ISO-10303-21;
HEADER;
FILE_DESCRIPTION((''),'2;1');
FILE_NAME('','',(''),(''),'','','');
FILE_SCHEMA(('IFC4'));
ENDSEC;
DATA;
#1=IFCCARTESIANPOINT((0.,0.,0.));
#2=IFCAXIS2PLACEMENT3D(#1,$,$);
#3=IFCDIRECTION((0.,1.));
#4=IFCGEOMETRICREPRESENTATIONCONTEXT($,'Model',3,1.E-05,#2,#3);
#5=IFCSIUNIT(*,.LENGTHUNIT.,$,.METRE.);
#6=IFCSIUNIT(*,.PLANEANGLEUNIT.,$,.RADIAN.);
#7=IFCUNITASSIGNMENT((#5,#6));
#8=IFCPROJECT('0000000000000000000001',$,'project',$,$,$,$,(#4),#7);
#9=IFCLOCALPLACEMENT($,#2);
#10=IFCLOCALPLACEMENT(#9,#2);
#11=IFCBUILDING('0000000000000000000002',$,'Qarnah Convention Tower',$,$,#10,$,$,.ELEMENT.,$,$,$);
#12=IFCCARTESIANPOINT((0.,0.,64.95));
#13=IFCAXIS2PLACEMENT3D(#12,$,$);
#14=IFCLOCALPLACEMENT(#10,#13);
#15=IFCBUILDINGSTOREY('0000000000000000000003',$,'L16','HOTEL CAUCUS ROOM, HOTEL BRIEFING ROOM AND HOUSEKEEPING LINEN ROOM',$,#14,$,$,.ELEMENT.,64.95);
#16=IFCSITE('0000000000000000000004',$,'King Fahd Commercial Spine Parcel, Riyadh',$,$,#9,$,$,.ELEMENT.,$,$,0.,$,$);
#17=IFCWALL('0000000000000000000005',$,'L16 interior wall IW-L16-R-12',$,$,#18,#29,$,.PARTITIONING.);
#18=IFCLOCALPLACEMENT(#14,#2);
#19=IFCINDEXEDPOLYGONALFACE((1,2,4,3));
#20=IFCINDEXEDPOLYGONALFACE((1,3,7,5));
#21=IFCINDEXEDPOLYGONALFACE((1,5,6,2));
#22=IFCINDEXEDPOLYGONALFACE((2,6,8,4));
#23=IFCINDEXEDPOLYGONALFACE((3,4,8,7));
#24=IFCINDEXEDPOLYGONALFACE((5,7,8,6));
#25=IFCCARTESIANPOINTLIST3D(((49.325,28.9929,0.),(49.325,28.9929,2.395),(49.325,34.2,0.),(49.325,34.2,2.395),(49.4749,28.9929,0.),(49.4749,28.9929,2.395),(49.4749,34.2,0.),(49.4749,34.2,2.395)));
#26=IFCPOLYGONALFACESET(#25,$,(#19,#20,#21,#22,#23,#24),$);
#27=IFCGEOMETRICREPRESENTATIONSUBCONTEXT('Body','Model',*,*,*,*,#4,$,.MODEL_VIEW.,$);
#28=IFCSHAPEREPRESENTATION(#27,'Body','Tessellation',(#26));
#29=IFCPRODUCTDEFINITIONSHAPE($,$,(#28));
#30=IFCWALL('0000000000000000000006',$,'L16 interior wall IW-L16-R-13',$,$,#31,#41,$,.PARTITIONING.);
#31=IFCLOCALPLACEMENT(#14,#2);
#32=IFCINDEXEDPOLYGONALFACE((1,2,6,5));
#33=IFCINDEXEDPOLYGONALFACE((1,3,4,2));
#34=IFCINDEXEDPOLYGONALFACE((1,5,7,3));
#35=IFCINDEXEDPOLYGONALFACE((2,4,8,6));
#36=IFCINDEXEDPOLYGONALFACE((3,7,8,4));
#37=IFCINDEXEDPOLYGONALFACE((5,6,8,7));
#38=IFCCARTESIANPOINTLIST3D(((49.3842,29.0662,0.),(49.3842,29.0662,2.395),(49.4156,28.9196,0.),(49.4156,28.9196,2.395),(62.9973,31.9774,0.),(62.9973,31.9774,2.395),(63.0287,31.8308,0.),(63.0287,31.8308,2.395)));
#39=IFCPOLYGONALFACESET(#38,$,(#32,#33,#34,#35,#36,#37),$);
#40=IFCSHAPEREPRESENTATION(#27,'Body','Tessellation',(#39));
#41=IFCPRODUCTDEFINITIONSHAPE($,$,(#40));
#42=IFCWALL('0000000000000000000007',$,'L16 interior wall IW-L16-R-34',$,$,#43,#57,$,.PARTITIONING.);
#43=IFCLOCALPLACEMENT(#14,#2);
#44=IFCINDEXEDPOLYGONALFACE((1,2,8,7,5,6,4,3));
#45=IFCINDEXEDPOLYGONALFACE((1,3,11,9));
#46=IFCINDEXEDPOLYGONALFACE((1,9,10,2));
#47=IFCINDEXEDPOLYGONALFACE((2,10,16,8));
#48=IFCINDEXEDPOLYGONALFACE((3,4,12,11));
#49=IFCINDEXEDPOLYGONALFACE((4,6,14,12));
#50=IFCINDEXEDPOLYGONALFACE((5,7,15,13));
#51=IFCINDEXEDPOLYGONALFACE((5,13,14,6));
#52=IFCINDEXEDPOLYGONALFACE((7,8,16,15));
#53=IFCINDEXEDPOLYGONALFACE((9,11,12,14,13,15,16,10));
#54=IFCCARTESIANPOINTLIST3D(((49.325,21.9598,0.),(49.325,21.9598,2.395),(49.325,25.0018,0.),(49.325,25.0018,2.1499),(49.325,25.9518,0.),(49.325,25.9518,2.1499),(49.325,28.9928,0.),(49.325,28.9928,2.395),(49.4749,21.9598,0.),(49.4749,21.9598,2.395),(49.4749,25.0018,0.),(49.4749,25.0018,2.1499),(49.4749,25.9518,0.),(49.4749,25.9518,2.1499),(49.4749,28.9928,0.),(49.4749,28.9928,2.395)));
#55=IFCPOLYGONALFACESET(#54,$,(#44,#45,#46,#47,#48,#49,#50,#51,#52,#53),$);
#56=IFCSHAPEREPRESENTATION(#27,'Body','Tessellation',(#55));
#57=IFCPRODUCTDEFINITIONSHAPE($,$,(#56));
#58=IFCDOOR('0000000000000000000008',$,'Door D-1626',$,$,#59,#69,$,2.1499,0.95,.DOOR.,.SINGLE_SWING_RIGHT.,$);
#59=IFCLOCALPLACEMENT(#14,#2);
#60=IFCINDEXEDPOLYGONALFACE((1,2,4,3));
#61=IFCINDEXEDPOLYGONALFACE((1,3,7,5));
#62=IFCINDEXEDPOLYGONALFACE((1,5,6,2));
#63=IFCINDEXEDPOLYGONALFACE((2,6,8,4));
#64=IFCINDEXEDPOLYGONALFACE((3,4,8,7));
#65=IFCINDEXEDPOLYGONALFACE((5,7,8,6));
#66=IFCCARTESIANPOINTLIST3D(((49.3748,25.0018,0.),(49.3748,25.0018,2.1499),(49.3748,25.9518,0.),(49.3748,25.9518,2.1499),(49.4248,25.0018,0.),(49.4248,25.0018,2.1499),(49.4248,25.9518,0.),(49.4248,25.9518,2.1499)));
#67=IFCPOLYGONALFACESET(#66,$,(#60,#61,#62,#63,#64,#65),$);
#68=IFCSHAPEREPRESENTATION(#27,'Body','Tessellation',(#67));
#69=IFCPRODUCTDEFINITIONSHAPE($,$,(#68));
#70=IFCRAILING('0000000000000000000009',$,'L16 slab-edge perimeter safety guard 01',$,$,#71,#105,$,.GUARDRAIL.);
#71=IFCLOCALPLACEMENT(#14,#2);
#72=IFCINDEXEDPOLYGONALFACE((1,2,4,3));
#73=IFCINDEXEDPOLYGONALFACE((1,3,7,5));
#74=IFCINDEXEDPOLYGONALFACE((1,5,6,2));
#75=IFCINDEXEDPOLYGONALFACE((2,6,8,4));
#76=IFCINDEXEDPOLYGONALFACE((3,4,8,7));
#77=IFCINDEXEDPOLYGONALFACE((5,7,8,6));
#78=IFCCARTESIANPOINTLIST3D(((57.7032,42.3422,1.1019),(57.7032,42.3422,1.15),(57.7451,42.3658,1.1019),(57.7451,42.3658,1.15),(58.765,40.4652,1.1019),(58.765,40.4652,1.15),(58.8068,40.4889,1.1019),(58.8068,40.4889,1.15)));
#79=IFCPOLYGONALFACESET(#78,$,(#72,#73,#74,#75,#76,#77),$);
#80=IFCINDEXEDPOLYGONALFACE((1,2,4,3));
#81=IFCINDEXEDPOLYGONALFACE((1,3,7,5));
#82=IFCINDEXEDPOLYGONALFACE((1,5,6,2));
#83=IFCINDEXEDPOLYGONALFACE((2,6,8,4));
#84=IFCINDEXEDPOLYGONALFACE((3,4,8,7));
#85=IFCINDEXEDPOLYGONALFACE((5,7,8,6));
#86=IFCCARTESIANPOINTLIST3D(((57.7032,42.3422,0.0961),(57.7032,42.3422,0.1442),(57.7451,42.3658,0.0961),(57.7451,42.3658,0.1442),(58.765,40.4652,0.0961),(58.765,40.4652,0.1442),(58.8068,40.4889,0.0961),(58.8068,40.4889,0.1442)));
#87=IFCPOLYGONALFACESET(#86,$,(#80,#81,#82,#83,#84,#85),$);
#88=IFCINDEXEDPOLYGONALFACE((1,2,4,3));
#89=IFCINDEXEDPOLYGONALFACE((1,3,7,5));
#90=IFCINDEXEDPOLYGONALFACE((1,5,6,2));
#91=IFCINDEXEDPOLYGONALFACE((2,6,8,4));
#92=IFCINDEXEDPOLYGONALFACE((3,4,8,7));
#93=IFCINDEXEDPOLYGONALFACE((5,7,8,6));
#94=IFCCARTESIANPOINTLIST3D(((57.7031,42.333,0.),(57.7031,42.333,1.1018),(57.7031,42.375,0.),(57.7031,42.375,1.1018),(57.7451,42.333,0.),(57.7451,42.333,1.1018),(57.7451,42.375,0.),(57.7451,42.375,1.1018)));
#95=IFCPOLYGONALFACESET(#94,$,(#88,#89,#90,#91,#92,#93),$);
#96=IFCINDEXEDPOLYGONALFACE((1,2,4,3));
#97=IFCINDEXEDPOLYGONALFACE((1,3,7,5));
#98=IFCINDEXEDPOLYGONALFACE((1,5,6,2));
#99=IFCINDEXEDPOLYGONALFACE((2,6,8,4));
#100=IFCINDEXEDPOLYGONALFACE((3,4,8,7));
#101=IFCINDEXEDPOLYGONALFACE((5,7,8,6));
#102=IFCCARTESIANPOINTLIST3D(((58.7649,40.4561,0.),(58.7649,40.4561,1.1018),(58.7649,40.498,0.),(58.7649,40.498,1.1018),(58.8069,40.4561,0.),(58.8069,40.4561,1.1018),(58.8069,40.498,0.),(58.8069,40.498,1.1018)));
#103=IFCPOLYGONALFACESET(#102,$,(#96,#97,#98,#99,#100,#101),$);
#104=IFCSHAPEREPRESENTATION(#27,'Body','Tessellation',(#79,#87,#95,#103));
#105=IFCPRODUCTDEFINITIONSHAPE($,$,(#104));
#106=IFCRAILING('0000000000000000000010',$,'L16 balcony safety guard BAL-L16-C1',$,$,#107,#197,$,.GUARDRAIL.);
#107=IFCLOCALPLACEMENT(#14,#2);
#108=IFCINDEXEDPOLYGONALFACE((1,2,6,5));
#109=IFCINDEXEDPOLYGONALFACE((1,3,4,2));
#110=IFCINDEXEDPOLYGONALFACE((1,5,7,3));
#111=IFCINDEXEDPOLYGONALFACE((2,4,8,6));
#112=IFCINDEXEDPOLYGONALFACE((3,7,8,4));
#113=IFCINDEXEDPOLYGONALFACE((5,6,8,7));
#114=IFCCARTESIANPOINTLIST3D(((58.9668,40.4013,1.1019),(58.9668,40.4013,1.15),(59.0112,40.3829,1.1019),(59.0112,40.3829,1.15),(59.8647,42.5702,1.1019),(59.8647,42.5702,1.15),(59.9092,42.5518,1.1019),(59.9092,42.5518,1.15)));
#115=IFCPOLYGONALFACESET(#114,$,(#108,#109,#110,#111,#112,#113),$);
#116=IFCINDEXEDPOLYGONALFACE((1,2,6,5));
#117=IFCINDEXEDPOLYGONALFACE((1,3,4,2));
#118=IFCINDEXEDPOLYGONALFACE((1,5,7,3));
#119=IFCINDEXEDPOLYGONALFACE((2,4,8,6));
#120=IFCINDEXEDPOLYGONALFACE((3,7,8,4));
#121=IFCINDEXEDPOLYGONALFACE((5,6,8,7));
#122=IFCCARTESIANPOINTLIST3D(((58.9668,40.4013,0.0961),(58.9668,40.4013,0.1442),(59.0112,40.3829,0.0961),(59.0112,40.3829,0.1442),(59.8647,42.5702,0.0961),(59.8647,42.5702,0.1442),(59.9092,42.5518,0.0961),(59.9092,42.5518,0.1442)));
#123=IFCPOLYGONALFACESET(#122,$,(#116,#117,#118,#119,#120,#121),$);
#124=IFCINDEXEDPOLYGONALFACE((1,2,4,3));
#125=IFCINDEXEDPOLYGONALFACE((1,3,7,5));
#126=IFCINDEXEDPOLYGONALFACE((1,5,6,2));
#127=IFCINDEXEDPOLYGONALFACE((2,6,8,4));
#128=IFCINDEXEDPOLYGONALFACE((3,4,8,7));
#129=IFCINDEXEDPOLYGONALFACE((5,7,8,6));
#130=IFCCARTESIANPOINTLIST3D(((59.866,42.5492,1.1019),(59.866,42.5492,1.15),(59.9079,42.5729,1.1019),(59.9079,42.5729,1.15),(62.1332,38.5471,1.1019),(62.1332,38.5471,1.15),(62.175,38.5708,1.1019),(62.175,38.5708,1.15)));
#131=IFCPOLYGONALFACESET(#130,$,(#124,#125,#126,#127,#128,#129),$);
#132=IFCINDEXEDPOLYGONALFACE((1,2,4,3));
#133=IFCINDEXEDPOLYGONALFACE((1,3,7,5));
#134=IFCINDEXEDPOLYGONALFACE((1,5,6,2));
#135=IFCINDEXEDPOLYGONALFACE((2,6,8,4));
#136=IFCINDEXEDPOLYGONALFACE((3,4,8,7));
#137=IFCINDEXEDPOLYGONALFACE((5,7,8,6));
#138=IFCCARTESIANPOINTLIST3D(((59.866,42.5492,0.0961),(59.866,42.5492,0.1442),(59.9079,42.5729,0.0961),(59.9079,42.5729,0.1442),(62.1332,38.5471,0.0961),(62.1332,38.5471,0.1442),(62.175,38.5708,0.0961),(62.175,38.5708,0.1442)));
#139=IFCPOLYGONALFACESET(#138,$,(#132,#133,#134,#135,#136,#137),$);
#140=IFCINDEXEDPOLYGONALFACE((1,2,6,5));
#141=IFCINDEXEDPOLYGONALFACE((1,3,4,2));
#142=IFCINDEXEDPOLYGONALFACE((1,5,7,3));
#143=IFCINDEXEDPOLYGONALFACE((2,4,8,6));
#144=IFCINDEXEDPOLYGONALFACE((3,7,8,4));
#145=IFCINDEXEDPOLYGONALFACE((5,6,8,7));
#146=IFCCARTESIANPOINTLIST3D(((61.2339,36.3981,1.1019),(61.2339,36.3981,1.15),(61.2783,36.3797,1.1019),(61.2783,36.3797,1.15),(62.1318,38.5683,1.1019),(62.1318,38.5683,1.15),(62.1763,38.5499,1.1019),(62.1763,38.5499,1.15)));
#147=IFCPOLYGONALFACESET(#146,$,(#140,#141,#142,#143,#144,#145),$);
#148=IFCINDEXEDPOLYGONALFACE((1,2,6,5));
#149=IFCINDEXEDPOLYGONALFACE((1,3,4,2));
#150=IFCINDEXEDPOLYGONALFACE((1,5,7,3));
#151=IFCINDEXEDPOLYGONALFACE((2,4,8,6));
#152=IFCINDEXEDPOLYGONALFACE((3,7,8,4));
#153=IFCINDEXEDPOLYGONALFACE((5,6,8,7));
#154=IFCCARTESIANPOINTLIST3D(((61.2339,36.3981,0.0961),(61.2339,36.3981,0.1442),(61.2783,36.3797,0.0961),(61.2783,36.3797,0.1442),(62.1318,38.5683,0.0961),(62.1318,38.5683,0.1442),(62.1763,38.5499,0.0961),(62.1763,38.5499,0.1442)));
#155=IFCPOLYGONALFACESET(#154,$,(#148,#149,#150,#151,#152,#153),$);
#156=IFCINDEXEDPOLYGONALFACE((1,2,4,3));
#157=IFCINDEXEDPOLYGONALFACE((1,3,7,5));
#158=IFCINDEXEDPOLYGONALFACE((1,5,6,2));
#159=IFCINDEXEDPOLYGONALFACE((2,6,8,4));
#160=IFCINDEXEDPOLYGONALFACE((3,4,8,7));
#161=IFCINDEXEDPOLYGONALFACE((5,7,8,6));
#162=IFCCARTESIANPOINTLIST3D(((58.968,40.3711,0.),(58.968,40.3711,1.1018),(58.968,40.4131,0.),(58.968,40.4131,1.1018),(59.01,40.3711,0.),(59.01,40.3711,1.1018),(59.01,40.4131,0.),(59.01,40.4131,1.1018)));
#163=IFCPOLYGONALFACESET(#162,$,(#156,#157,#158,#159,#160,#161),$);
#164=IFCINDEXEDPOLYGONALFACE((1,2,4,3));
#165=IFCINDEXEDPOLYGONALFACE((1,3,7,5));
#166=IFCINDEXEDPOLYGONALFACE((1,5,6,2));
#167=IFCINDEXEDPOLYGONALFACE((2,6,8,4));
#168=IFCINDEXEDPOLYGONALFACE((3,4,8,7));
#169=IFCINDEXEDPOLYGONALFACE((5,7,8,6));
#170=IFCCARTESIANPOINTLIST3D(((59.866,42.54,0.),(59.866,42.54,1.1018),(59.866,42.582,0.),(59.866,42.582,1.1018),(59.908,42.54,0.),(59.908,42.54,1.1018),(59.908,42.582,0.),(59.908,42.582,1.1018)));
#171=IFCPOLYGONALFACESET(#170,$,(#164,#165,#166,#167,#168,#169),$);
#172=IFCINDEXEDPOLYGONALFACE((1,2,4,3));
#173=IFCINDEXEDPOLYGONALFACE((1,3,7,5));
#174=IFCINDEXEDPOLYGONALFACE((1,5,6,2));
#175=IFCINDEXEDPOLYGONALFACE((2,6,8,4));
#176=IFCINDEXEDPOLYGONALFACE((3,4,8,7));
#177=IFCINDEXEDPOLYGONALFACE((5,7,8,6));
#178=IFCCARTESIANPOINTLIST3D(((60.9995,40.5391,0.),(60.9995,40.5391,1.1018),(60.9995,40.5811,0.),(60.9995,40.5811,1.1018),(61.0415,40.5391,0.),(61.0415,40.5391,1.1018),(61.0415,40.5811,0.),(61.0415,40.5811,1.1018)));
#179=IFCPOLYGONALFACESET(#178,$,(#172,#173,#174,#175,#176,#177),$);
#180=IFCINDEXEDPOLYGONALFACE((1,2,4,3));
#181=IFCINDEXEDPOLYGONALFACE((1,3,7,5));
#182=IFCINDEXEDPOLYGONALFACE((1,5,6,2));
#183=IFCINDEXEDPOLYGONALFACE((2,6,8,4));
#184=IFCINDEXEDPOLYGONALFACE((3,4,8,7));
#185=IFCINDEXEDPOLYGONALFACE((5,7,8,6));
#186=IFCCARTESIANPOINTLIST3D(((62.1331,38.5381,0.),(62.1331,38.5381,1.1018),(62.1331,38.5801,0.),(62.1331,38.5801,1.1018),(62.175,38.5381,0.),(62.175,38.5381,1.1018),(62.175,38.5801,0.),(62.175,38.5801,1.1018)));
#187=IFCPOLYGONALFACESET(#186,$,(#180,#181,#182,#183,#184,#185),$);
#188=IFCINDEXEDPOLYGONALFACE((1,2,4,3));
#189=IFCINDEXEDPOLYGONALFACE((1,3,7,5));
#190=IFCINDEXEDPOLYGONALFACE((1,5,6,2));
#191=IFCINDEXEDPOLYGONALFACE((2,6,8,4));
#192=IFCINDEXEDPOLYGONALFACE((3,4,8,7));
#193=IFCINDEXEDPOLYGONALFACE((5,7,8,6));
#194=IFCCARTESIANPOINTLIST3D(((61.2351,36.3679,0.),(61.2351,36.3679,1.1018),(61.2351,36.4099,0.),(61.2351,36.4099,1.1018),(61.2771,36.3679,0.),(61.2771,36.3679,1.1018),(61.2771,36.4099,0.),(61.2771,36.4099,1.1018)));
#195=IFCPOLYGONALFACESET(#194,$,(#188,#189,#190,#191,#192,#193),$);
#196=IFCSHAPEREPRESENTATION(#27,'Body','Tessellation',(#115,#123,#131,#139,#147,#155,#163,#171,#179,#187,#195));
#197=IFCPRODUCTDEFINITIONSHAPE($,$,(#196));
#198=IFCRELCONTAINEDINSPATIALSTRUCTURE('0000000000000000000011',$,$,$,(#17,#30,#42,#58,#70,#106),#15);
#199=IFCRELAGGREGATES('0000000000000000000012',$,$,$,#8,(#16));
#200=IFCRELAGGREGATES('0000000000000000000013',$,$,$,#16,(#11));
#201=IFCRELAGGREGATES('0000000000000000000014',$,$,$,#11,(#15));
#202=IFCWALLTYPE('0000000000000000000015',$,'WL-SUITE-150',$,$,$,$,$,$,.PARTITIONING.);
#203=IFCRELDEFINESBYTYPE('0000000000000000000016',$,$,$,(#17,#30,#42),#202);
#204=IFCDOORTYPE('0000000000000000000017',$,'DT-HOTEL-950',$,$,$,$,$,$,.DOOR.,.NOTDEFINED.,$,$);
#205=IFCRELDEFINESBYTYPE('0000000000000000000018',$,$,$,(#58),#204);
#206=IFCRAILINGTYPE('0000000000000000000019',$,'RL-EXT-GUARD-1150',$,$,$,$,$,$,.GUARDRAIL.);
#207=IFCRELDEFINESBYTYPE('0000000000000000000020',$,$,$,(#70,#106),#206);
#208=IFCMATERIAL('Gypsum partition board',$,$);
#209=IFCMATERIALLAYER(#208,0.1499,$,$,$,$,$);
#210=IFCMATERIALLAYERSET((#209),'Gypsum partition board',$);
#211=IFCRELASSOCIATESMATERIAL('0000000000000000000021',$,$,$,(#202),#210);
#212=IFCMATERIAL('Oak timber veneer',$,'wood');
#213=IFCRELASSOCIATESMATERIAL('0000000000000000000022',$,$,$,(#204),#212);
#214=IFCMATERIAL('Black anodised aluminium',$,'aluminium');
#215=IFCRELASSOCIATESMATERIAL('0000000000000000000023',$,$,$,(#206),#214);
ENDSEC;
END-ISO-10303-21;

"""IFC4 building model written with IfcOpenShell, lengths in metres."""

from ifc_helpers import new_model, si_unit, direction, frame, frame_2d, origin, origin_2d, place, context, subcontext, project, spatial, rectangle, extrude, material, layer, layer_set, type_object, element, fill, save


model = new_model("IFC4")

# Units and contexts
model_context = context("Model", 3, precision=1e-05, world=origin(), true_north=direction((0.0, 1.0)))
body_context = subcontext(model_context, "Body", "Model", "MODEL_VIEW")
ifc_project = project(units=[si_unit("LENGTHUNIT", "METRE"), si_unit("PLANEANGLEUNIT", "RADIAN")], contexts=[model_context])

# Site, building, storey
site_placement = place(None, origin())
site = spatial("IfcSite", under=ifc_project, at=site_placement, Name="King Fahd Commercial Spine Parcel, Riyadh", CompositionType="ELEMENT", RefElevation=0.0)
building_placement = place(site_placement, origin())
building = spatial("IfcBuilding", under=site, at=building_placement, Name="Qarnah Convention Tower", CompositionType="ELEMENT")
storey_placement = place(building_placement, frame((0.0, 0.0, 64.95)))
storey = spatial("IfcBuildingStorey", under=building, at=storey_placement, Name="L16", Description="HOTEL CAUCUS ROOM, HOTEL BRIEFING ROOM AND HOUSEKEEPING LINEN ROOM", CompositionType="ELEMENT", Elevation=64.95)

# Shared definitions
ifc_material_1 = material(Name="Black anodised aluminium", Category="aluminium")

# Walls
ifc_material_2 = material(Name="Gypsum partition board")
ifc_layer_1 = layer(ifc_material_2, 0.1499)
ifc_layer_set_1 = layer_set([ifc_layer_1], Name="Gypsum partition board")
wall_type_1 = type_object("IfcWallType", Name="WL-SUITE-150", PredefinedType="PARTITIONING", material=ifc_layer_set_1)
wall_1_placement = place(storey_placement, frame((49.3999, 34.2, 0.0), z_axis=(0.0, 0.0, 1.0), x_axis=(0.0, -1.0, 0.0)))
element("IfcWall", 1, at=wall_1_placement, inside=storey, type_object=wall_type_1, Name="L16 interior wall IW-L16-R-12", PredefinedType="PARTITIONING", context=body_context, shape_type="SweptSolid", body=[
    extrude(rectangle(XDim=5.207, YDim=0.1499, at=frame_2d((2.6035, 0.0))), origin(), (0.0, 0.0, 1.0), 2.395),
])
wall_2_placement = place(storey_placement, frame((49.3999, 28.9929, 0.0), z_axis=(0.0, 0.0, 1.0), x_axis=(0.97789, 0.209121, 0.0)))
element("IfcWall", 2, at=wall_2_placement, inside=storey, type_object=wall_type_1, Name="L16 interior wall IW-L16-R-13", PredefinedType="PARTITIONING", context=body_context, shape_type="SweptSolid", body=[
    extrude(rectangle(XDim=13.9209, YDim=0.1499, at=frame_2d((6.9604, 0.0))), origin(), (0.0, 0.0, 1.0), 2.395),
])

# Wall, opening, door
wall_3_placement = place(storey_placement, frame((49.3999, 28.9929, 0.0), z_axis=(0.0, 0.0, 1.0), x_axis=(0.0, -1.0, 0.0)))
wall_3 = element("IfcWall", 3, at=wall_3_placement, inside=storey, type_object=wall_type_1, Name="L16 interior wall IW-L16-R-34", PredefinedType="PARTITIONING", context=body_context, shape_type="SweptSolid", body=[
    extrude(rectangle(XDim=7.033, YDim=0.1499, at=frame_2d((3.5166, 0.0))), origin(), (0.0, 0.0, 1.0), 2.395),
])
opening_1_placement = place(wall_3_placement, frame((3.041, 0.0, 0.0)))
opening_1 = element("IfcOpeningElement", 4, at=opening_1_placement, cuts=wall_3, PredefinedType="OPENING", context=body_context, shape_type="SweptSolid", body=[
    extrude(rectangle(XDim=0.95, YDim=2.1499, at=frame_2d((0.4751, 1.075))), frame((0.0, 0.085, 0.0), z_axis=(0.0, -1.0, 0.0), x_axis=(1.0, 0.0, 0.0)), (0.0, 0.0, 1.0), 0.1699),
])
ifc_material_3 = material(Name="Oak timber veneer", Category="wood")
door_type_1 = type_object("IfcDoorType", Name="DT-HOTEL-950", OperationType="NOTDEFINED", PredefinedType="DOOR", material=ifc_material_3)
door_1_placement = place(opening_1_placement, origin())
door_1 = element("IfcDoor", 5, at=door_1_placement, inside=storey, type_object=door_type_1, Name="Door D-1626", OperationType="SINGLE_SWING_RIGHT", OverallHeight=2.1499, OverallWidth=0.95, PredefinedType="DOOR", context=body_context, shape_type="SweptSolid", body=[
    extrude(rectangle(XDim=0.95, YDim=2.1499, at=frame_2d((0.4751, 1.075))), frame((0.0, 0.0249, 0.0), z_axis=(0.0, -1.0, 0.0), x_axis=(1.0, 0.0, 0.0)), (0.0, 0.0, 1.0), 0.05),
])
fill(opening_1, door_1)

# Railings
railing_type = type_object("IfcRailingType", Name="RL-EXT-GUARD-1150", PredefinedType="GUARDRAIL", material=ifc_material_1)
railing_1_placement = place(storey_placement, frame((57.7241, 42.354, 0.0)))
element("IfcRailing", 6, at=railing_1_placement, inside=storey, type_object=railing_type, Name="L16 slab-edge perimeter safety guard 01", PredefinedType="GUARDRAIL", context=body_context, shape_type="SweptSolid", body=[
    extrude(rectangle(XDim=0.0481, YDim=0.0481, at=origin_2d()), frame((0.0, 0.0, 1.126), z_axis=(0.492367, -0.870388, 0.0), x_axis=(0.870388, 0.492367, 0.0)), (0.0, 0.0, 1.0), 2.1565),
    extrude(rectangle(XDim=0.0481, YDim=0.0481, at=origin_2d()), frame((0.0, 0.0, 0.1201), z_axis=(0.492367, -0.870388, 0.0), x_axis=(0.870388, 0.492367, 0.0)), (0.0, 0.0, 1.0), 2.1565),
    extrude(rectangle(XDim=0.042, YDim=0.042, at=origin_2d()), origin(), (0.0, 0.0, 1.0), 1.1018),
    extrude(rectangle(XDim=0.042, YDim=0.042, at=origin_2d()), frame((1.0618, -1.877, 0.0)), (0.0, 0.0, 1.0), 1.1018),
])
railing_2_placement = place(storey_placement, frame((58.989, 40.3921, 0.0)))
element("IfcRailing", 7, at=railing_2_placement, inside=storey, type_object=railing_type, Name="L16 balcony safety guard BAL-L16-C1", PredefinedType="GUARDRAIL", context=body_context, shape_type="SweptSolid", body=[
    extrude(rectangle(XDim=0.0481, YDim=0.0481, at=origin_2d()), frame((0.0, 0.0, 1.126), z_axis=(0.382517, 0.923948, 0.0), x_axis=(-0.923948, 0.382517, 0.0)), (0.0, 0.0, 1.0), 2.3474),
    extrude(rectangle(XDim=0.0481, YDim=0.0481, at=origin_2d()), frame((0.0, 0.0, 0.1201), z_axis=(0.382517, 0.923948, 0.0), x_axis=(-0.923948, 0.382517, 0.0)), (0.0, 0.0, 1.0), 2.3474),
    extrude(rectangle(XDim=0.0481, YDim=0.0481, at=origin_2d()), frame((0.8979, 2.1689, 1.126), z_axis=(0.4929, -0.870086, 0.0), x_axis=(0.870086, 0.4929, 0.0)), (0.0, 0.0, 1.0), 4.5996),
    extrude(rectangle(XDim=0.0481, YDim=0.0481, at=origin_2d()), frame((0.8979, 2.1689, 0.1201), z_axis=(0.4929, -0.870086, 0.0), x_axis=(0.870086, 0.4929, 0.0)), (0.0, 0.0, 1.0), 4.5996),
    extrude(rectangle(XDim=0.0481, YDim=0.0481, at=origin_2d()), frame((3.165, -1.833, 1.126), z_axis=(-0.382333, -0.924024, 0.0), x_axis=(0.924024, -0.382333, 0.0)), (0.0, 0.0, 1.0), 2.3486),
    extrude(rectangle(XDim=0.0481, YDim=0.0481, at=origin_2d()), frame((3.165, -1.833, 0.1201), z_axis=(-0.382333, -0.924024, 0.0), x_axis=(0.924024, -0.382333, 0.0)), (0.0, 0.0, 1.0), 2.3486),
    extrude(rectangle(XDim=0.042, YDim=0.042, at=origin_2d()), origin(), (0.0, 0.0, 1.0), 1.1018),
    extrude(rectangle(XDim=0.042, YDim=0.042, at=origin_2d()), frame((0.8979, 2.1689, 0.0)), (0.0, 0.0, 1.0), 1.1018),
    extrude(rectangle(XDim=0.042, YDim=0.042, at=origin_2d()), frame((2.0315, 0.168, 0.0)), (0.0, 0.0, 1.0), 1.1018),
    extrude(rectangle(XDim=0.042, YDim=0.042, at=origin_2d()), frame((3.165, -1.833, 0.0)), (0.0, 0.0, 1.0), 1.1018),
    extrude(rectangle(XDim=0.042, YDim=0.042, at=origin_2d()), frame((2.2671, -4.0032, 0.0)), (0.0, 0.0, 1.0), 1.1018),
])

save(model, "model.ifc")
